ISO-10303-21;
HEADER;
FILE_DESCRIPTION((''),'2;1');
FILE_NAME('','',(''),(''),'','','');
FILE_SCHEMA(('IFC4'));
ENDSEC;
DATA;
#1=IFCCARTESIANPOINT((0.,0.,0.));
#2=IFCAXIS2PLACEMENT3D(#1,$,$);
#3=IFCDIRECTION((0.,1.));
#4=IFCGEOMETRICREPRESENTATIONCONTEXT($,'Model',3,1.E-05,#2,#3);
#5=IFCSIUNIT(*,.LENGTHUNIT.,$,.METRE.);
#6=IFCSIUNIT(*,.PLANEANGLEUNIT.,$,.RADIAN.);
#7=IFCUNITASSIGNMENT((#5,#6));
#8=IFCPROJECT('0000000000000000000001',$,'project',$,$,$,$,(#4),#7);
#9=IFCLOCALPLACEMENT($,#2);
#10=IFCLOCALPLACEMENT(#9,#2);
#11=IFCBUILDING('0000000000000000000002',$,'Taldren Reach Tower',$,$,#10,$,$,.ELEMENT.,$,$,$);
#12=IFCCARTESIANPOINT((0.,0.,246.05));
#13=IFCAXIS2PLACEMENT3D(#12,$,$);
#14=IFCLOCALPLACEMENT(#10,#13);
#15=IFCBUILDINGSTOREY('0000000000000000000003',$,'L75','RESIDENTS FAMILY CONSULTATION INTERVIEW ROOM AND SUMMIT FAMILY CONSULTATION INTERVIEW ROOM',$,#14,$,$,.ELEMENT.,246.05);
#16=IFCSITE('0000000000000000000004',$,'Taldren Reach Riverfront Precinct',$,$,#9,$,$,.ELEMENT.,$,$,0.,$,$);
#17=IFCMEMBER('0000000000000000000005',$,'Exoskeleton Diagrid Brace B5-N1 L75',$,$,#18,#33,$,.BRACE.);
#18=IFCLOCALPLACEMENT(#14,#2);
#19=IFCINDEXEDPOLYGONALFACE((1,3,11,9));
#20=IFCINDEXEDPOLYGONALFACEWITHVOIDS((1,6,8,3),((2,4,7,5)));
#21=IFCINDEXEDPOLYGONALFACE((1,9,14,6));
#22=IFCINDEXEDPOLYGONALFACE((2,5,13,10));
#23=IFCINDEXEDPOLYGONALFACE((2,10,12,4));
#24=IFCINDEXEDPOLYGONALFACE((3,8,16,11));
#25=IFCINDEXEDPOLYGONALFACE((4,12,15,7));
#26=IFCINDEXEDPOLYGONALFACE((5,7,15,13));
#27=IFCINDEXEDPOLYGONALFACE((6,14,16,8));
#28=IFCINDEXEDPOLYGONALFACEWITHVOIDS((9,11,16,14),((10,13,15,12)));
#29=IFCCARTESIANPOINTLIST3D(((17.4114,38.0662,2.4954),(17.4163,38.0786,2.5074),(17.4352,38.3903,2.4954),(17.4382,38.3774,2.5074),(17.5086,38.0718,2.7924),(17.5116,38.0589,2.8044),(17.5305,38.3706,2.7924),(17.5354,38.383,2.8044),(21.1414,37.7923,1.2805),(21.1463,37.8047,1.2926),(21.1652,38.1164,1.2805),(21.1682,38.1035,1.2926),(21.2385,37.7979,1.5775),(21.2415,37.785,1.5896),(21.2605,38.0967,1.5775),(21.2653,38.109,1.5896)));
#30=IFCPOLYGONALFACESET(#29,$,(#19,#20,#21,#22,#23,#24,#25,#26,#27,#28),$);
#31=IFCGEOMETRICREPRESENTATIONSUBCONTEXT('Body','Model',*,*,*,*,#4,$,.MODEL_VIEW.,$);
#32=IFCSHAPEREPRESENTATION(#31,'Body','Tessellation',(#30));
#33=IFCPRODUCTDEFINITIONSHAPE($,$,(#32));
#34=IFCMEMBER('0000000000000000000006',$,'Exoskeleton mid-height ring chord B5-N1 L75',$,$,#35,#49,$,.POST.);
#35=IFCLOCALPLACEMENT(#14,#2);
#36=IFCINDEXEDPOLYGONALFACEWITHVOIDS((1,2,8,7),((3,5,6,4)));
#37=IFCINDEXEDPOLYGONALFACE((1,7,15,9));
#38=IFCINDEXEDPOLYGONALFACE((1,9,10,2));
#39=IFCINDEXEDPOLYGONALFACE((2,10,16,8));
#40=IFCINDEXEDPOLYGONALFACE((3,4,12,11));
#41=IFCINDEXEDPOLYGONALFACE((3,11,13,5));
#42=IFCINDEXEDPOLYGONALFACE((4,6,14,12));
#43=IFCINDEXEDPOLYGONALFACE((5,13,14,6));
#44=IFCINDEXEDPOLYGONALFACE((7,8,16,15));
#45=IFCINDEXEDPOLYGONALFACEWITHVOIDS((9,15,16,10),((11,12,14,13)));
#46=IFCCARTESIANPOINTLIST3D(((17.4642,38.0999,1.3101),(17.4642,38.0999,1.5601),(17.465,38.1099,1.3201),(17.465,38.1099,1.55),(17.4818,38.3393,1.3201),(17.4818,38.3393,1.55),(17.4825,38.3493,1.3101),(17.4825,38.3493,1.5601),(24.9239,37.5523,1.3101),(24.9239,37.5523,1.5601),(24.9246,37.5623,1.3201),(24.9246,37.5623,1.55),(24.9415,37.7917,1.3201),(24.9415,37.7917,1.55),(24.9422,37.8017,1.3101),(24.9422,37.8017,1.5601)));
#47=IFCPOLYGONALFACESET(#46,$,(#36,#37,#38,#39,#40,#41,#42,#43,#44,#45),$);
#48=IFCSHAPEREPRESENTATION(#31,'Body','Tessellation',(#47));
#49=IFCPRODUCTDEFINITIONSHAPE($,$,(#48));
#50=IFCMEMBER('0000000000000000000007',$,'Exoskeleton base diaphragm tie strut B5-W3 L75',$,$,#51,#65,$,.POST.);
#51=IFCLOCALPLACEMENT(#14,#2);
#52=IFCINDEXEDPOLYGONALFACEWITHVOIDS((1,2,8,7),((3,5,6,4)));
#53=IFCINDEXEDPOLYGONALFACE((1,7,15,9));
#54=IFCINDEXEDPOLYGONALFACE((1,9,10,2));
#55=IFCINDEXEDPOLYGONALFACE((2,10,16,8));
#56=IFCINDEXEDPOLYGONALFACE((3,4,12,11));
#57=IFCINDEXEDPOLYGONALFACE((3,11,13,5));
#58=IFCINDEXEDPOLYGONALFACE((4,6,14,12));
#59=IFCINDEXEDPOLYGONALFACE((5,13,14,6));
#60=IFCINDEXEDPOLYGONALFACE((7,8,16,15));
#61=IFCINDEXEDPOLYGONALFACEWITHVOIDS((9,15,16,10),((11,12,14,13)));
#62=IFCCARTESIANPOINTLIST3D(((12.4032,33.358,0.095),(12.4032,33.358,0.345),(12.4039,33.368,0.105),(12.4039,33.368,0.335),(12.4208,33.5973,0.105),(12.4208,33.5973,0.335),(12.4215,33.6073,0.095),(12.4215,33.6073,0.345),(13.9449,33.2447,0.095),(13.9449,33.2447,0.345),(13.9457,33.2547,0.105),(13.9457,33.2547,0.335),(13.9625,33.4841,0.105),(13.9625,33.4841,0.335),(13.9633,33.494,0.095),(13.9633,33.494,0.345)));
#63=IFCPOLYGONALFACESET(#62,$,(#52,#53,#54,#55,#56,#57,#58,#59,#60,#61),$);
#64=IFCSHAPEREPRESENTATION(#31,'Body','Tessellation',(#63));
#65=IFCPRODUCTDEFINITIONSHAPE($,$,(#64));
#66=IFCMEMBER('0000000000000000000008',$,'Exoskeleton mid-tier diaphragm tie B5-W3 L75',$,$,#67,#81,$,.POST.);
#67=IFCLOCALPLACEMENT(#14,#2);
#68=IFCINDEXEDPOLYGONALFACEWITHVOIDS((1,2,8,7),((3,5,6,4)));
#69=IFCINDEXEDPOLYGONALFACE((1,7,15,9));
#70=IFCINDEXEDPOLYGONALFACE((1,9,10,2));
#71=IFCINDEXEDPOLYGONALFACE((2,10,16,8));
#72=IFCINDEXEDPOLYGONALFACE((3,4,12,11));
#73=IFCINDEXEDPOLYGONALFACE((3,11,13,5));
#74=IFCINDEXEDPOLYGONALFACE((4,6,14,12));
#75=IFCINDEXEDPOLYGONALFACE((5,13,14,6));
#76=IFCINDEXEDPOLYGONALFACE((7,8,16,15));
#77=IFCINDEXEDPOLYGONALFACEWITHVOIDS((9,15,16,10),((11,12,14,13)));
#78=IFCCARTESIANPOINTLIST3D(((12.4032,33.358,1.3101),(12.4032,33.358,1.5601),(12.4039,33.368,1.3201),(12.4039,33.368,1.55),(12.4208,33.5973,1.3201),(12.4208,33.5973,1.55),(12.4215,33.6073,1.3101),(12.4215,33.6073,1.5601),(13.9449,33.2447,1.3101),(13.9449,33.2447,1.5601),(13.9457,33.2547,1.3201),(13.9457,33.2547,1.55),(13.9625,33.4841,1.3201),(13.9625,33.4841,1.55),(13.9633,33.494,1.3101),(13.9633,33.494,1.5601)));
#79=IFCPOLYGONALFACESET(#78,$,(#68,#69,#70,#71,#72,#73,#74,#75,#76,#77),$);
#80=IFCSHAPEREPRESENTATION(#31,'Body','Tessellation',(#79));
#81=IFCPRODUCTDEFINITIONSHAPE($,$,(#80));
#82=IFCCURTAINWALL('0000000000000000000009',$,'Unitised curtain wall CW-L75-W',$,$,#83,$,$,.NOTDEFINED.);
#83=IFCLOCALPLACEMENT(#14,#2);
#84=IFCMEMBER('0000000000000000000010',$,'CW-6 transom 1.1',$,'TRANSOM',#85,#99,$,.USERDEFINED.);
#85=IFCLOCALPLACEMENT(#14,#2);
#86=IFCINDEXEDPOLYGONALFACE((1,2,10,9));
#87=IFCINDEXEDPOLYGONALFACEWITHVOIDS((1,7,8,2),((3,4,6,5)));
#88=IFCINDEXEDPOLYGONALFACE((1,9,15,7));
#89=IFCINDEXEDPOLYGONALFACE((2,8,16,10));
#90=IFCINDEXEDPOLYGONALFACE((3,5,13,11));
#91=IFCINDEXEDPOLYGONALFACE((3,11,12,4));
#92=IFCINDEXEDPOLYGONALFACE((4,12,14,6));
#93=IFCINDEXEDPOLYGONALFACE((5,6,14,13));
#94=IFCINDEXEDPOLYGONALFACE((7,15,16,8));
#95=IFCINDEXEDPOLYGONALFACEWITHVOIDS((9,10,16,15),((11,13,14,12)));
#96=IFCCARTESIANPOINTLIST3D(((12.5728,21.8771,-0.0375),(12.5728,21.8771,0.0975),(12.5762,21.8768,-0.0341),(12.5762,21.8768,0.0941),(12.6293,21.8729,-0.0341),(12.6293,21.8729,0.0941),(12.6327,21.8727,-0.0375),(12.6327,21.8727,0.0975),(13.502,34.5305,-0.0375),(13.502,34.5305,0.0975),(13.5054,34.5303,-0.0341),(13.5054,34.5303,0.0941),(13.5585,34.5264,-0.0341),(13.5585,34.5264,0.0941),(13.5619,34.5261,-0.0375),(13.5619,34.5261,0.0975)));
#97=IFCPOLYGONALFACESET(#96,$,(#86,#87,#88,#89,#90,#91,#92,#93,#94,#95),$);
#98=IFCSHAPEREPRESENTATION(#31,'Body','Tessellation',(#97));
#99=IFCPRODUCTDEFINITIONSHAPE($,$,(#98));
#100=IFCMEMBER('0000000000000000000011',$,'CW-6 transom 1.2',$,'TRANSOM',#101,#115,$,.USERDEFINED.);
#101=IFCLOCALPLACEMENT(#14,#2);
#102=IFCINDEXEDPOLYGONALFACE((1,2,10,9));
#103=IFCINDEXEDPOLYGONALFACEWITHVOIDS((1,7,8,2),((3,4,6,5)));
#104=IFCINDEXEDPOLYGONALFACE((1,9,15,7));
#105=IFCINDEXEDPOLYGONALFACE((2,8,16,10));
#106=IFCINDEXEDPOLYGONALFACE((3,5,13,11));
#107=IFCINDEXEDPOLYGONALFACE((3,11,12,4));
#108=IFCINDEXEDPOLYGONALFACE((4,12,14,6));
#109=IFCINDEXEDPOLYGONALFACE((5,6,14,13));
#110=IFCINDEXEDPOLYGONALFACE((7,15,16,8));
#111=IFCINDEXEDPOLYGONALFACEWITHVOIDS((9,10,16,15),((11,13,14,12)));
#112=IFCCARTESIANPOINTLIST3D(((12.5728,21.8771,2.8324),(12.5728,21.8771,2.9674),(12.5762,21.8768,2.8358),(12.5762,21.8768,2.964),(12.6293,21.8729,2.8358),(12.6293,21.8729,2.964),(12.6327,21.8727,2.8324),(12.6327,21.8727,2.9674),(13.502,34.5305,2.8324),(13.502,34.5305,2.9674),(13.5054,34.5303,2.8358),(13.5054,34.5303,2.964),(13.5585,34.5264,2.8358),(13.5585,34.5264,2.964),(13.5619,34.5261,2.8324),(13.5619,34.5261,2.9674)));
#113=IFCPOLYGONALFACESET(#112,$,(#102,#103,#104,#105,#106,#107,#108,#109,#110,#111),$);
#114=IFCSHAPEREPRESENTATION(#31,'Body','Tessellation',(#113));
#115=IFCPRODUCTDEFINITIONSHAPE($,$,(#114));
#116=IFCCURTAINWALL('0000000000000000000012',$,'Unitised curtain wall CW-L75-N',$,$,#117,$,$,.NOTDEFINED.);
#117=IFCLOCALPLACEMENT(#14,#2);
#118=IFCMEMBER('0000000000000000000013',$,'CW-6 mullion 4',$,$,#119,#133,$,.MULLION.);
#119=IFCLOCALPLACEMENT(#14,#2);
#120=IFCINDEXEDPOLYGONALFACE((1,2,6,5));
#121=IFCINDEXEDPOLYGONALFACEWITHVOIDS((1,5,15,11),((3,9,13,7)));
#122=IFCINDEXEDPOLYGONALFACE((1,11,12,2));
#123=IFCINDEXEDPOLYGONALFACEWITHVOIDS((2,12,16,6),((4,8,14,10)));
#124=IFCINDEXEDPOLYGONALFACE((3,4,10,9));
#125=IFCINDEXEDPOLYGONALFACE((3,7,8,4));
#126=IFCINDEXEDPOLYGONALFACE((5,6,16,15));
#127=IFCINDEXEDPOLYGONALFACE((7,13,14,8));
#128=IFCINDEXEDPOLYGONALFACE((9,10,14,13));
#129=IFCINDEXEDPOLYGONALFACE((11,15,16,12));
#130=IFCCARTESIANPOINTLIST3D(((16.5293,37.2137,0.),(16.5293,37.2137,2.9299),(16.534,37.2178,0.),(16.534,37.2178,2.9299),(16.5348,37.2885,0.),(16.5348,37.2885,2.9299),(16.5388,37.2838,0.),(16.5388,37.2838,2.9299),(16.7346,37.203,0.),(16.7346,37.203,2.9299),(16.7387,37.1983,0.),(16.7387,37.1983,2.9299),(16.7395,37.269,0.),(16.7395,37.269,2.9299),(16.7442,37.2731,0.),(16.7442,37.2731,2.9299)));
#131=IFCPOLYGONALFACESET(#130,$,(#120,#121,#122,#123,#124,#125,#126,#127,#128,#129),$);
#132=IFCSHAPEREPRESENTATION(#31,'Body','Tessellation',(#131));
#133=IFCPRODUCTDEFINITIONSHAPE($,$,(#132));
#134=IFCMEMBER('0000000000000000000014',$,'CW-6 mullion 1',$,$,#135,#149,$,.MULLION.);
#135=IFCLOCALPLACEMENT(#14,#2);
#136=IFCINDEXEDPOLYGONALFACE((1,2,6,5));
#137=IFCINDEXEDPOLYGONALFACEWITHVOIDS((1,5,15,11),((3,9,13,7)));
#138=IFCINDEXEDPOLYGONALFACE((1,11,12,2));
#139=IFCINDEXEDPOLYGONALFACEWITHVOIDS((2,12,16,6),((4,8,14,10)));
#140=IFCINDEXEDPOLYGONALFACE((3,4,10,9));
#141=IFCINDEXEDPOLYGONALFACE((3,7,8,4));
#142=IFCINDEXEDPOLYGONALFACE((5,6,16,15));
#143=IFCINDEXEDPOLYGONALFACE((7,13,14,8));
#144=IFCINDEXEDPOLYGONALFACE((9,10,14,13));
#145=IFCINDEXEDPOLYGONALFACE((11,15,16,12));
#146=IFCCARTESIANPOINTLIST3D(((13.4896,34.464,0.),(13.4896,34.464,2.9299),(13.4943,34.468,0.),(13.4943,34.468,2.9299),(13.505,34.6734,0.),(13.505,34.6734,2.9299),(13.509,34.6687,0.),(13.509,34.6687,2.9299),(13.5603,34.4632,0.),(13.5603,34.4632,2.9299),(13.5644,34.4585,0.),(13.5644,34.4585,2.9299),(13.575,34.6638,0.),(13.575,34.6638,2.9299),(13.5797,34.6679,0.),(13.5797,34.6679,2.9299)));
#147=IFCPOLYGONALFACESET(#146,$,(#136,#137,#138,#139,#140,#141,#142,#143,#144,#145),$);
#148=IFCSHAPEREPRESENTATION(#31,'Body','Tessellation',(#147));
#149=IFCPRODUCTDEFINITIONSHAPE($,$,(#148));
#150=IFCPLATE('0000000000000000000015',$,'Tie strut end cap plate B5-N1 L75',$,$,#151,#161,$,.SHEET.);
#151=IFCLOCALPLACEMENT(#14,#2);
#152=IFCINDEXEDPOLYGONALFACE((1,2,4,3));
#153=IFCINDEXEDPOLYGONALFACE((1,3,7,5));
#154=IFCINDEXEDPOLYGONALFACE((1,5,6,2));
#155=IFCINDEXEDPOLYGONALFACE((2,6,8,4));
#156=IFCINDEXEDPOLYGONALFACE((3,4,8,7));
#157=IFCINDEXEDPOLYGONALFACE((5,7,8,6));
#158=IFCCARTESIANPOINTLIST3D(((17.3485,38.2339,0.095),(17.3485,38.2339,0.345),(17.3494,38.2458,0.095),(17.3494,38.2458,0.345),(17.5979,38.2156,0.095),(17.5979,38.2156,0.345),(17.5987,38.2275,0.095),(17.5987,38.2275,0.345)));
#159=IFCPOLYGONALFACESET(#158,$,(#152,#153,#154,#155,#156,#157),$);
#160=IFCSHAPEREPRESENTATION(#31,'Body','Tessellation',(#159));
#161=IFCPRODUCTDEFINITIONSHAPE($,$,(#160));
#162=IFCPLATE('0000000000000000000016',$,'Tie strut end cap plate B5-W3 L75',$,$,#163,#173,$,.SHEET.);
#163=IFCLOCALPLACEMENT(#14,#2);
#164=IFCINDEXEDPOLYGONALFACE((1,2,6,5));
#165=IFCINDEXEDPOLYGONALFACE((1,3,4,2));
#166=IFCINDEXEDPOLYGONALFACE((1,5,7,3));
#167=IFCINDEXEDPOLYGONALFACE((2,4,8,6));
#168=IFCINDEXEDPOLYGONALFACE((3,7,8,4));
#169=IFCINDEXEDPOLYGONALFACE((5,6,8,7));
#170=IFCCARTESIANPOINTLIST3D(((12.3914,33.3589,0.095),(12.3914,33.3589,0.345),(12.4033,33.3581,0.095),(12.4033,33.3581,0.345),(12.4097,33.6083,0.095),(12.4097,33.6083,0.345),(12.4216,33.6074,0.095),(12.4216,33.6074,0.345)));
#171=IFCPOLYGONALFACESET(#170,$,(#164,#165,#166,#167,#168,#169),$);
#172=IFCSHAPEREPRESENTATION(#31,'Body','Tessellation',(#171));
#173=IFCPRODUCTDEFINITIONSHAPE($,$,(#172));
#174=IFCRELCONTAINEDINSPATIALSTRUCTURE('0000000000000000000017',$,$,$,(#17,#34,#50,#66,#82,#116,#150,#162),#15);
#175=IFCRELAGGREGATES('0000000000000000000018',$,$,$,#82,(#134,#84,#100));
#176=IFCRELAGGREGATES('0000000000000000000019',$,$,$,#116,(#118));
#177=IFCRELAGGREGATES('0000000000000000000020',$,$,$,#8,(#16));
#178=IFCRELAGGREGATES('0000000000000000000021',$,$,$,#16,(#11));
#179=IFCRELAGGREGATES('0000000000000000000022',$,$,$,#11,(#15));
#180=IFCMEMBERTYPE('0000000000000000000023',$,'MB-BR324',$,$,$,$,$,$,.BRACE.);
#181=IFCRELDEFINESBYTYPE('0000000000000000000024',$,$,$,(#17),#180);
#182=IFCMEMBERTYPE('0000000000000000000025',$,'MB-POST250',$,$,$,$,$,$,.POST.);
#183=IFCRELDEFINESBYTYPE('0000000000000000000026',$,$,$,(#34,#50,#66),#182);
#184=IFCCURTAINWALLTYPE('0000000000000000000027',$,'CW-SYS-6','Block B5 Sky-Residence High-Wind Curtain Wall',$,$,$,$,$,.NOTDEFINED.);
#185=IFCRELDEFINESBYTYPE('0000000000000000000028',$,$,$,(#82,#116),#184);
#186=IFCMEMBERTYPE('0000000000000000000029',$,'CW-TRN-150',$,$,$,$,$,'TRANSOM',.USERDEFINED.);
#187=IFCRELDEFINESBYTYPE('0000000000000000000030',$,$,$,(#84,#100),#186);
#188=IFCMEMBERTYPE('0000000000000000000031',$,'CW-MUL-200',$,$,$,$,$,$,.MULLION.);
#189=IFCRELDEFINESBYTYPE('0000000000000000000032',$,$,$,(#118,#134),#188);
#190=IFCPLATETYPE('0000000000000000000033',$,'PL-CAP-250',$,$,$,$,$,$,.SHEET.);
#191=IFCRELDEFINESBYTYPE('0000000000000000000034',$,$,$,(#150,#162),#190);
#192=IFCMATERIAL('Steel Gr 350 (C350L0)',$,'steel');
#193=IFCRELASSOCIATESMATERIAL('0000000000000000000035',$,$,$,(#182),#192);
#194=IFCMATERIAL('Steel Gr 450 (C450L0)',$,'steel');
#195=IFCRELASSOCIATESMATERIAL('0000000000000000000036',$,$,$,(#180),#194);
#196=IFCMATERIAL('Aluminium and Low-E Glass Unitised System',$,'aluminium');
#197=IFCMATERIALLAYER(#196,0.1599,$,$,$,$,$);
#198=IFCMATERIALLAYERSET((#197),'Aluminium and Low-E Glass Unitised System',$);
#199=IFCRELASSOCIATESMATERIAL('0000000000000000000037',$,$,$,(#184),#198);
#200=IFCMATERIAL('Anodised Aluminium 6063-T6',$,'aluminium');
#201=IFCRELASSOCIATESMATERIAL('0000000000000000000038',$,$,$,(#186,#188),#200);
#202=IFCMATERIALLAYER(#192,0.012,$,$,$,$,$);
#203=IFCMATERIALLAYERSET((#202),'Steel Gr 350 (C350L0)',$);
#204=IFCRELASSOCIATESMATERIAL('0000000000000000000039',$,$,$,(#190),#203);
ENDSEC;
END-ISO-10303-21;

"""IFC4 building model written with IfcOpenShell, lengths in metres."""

from ifc_helpers import new_model, si_unit, direction, frame, origin, origin_2d, place, context, subcontext, project, spatial, rectangle, hollow_rectangle, extrude, source, transform, mapped, material, layer, layer_set, material_profile, profile_set, type_object, element, aggregate, save


model = new_model("IFC4")

# Units and contexts
model_context = context("Model", 3, precision=1e-05, world=origin(), true_north=direction((0.0, 1.0)))
body_context = subcontext(model_context, "Body", "Model", "MODEL_VIEW")
ifc_project = project(units=[si_unit("LENGTHUNIT", "METRE"), si_unit("PLANEANGLEUNIT", "RADIAN")], contexts=[model_context])

# Site, building, storey
site_placement = place(None, origin())
site = spatial("IfcSite", under=ifc_project, at=site_placement, Name="Taldren Reach Riverfront Precinct", CompositionType="ELEMENT", RefElevation=0.0)
building_placement = place(site_placement, origin())
building = spatial("IfcBuilding", under=site, at=building_placement, Name="Taldren Reach Tower", CompositionType="ELEMENT")
storey_placement = place(building_placement, frame((0.0, 0.0, 246.05)))
storey = spatial("IfcBuildingStorey", under=building, at=storey_placement, Name="L75", Description="RESIDENTS FAMILY CONSULTATION INTERVIEW ROOM AND SUMMIT FAMILY CONSULTATION INTERVIEW ROOM", CompositionType="ELEMENT", Elevation=246.05)

# Shared definitions
ifc_material_1 = material(Name="Steel Gr 350 (C350L0)", Category="steel")

# Shared definitions
ifc_material_profile_1 = material_profile(ifc_material_1, hollow_rectangle(XDim=0.25, YDim=0.25, WallThickness=0.01, at=origin_2d()), Name="250x250x10.0SHS")
ifc_profile_set_1 = profile_set([ifc_material_profile_1], Name="Steel Gr 350 (C350L0)")
member_type_1 = type_object("IfcMemberType", Name="MB-POST250", PredefinedType="POST", material=ifc_profile_set_1)
ifc_material_2 = material(Name="Steel Gr 450 (C450L0)", Category="steel")

# Members
ifc_material_profile_2 = material_profile(ifc_material_2, hollow_rectangle(XDim=0.325, YDim=0.325, WallThickness=0.0127, at=origin_2d()), Name="325x325x12.7SHS")
ifc_profile_set_2 = profile_set([ifc_material_profile_2], Name="Steel Gr 450 (C450L0)")
member_type_2 = type_object("IfcMemberType", Name="MB-BR324", PredefinedType="BRACE", material=ifc_profile_set_2)
shared_shape_1 = source(origin(), body_context, "Body", "SweptSolid", [
    extrude(hollow_rectangle(XDim=0.325, YDim=0.325, WallThickness=0.0127, at=origin_2d()), origin(), (0.0, 0.0, 1.0), 3.9324),
])
member_1_placement = place(storey_placement, frame((21.2034, 37.9507, 1.4351), z_axis=(-0.948529, 0.069659, 0.308933), x_axis=(-0.073242, -0.997314, 0.0)))
element("IfcMember", 1, at=member_1_placement, inside=storey, type_object=member_type_2, Name="Exoskeleton Diagrid Brace B5-N1 L75", PredefinedType="BRACE", context=body_context, shape_type="MappedRepresentation", body=[
    mapped(shared_shape_1, transform((0.0, 0.0, 0.0), scale=1.0)),
])
shared_shape_2 = source(origin(), body_context, "Body", "SweptSolid", [
    extrude(hollow_rectangle(XDim=0.25, YDim=0.25, WallThickness=0.01, at=origin_2d()), origin(), (0.0, 0.0, 1.0), 7.4797),
])
member_2_placement = place(storey_placement, frame((17.4734, 38.2246, 1.4351), z_axis=(0.997316, -0.073212, 0.0), x_axis=(0.073212, 0.997316, 0.0)))
element("IfcMember", 2, at=member_2_placement, inside=storey, type_object=member_type_1, Name="Exoskeleton mid-height ring chord B5-N1 L75", PredefinedType="POST", context=body_context, shape_type="MappedRepresentation", body=[
    mapped(shared_shape_2, transform((0.0, 0.0, 0.0), scale=1.0)),
])
shared_shape_3 = source(origin(), body_context, "Body", "SweptSolid", [
    extrude(hollow_rectangle(XDim=0.25, YDim=0.25, WallThickness=0.01, at=origin_2d()), origin(), (0.0, 0.0, 1.0), 1.5459),
])
for number, where, z_axis, x_axis, name in (
    (3, (13.9541, 33.3694, 0.22), (-0.997312, 0.073278, 0.0), (-0.073278, -0.997312, 0.0), "Exoskeleton base diaphragm tie strut B5-W3 L75"),
    (4, (13.9541, 33.3694, 1.4351), (-0.997312, 0.073278, 0.0), (-0.073278, -0.997312, 0.0), "Exoskeleton mid-tier diaphragm tie B5-W3 L75"),
):
    element("IfcMember", number, at=place(storey_placement, frame(where, z_axis=z_axis, x_axis=x_axis)), inside=storey, type_object=member_type_1, Name=name, PredefinedType="POST", context=body_context, shape_type="MappedRepresentation", body=[
        mapped(shared_shape_3, transform((0.0, 0.0, 0.0), scale=1.0)),
    ])

# Curtain wall, members
ifc_material_3 = material(Name="Aluminium and Low-E Glass Unitised System", Category="aluminium")
ifc_layer_1 = layer(ifc_material_3, 0.1599)
ifc_layer_set_1 = layer_set([ifc_layer_1], Name="Aluminium and Low-E Glass Unitised System")
curtain_wall_type = type_object("IfcCurtainWallType", Name="CW-SYS-6", Description="Block B5 Sky-Residence High-Wind Curtain Wall", PredefinedType="NOTDEFINED", material=ifc_layer_set_1)
curtain_wall_1_placement = place(storey_placement, origin())
curtain_wall_1 = element("IfcCurtainWall", 5, at=curtain_wall_1_placement, inside=storey, type_object=curtain_wall_type, Name="Unitised curtain wall CW-L75-W", PredefinedType="NOTDEFINED")
ifc_material_4 = material(Name="Anodised Aluminium 6063-T6", Category="aluminium")
ifc_material_profile_3 = material_profile(ifc_material_4, hollow_rectangle(XDim=0.0601, YDim=0.135, WallThickness=0.0034, at=origin_2d()), Name="ALU-135x60x3.5RHS")
ifc_profile_set_3 = profile_set([ifc_material_profile_3], Name="Anodised Aluminium 6063-T6")
member_type_3 = type_object("IfcMemberType", Name="CW-TRN-150", ElementType="TRANSOM", PredefinedType="USERDEFINED", material=ifc_profile_set_3)
shared_shape_4 = source(origin(), body_context, "Body", "SweptSolid", [
    extrude(hollow_rectangle(XDim=0.0601, YDim=0.135, WallThickness=0.0034, at=origin_2d()), origin(), (0.0, 0.0, 1.0), 12.6875),
])
member_3_placement = place(storey_placement, frame((13.532, 34.5283, 0.03), z_axis=(-0.073238, -0.997314, 0.0), x_axis=(0.997314, -0.073238, 0.0)))
member_3 = element("IfcMember", 6, at=member_3_placement, type_object=member_type_3, Name="CW-6 transom 1.1", ObjectType="TRANSOM", PredefinedType="USERDEFINED", context=body_context, shape_type="MappedRepresentation", body=[
    mapped(shared_shape_4, transform((0.0, 0.0, 0.0), scale=1.0)),
])
member_4_placement = place(storey_placement, frame((13.532, 34.5283, 2.8999), z_axis=(-0.073238, -0.997314, 0.0), x_axis=(0.997314, -0.073238, 0.0)))
member_4 = element("IfcMember", 7, at=member_4_placement, type_object=member_type_3, Name="CW-6 transom 1.2", ObjectType="TRANSOM", PredefinedType="USERDEFINED", context=body_context, shape_type="MappedRepresentation", body=[
    mapped(shared_shape_4, transform((0.0, 0.0, 0.0), scale=1.0)),
])

# Curtain wall, member
curtain_wall_2_placement = place(storey_placement, origin())
curtain_wall_2 = element("IfcCurtainWall", 8, at=curtain_wall_2_placement, inside=storey, type_object=curtain_wall_type, Name="Unitised curtain wall CW-L75-N", PredefinedType="NOTDEFINED")
ifc_material_profile_4 = material_profile(ifc_material_4, hollow_rectangle(XDim=0.075, YDim=0.21, WallThickness=0.0044, at=origin_2d()), Name="ALU-210x75x4.5RHS")
ifc_profile_set_4 = profile_set([ifc_material_profile_4], Name="Anodised Aluminium 6063-T6")
member_type_4 = type_object("IfcMemberType", Name="CW-MUL-200", PredefinedType="MULLION", material=ifc_profile_set_4)
shared_shape_5 = source(origin(), body_context, "Body", "SweptSolid", [
    extrude(hollow_rectangle(XDim=0.075, YDim=0.21, WallThickness=0.0044, at=origin_2d()), origin(), (0.0, 0.0, 1.0), 2.9299),
])
member_5_placement = place(storey_placement, frame((16.6367, 37.2434, 0.0), z_axis=(0.0, 0.0, 1.0), x_axis=(-0.073238, -0.997314, 0.0)))
member_5 = element("IfcMember", 9, at=member_5_placement, type_object=member_type_4, Name="CW-6 mullion 4", PredefinedType="MULLION", context=body_context, shape_type="MappedRepresentation", body=[
    mapped(shared_shape_5, transform((0.0, 0.0, 0.0), scale=1.0)),
])

# Member
member_6_placement = place(storey_placement, frame((13.5347, 34.5659, 0.0), z_axis=(0.0, 0.0, 1.0), x_axis=(0.997314, -0.073238, 0.0)))
member_6 = element("IfcMember", 10, at=member_6_placement, type_object=member_type_4, Name="CW-6 mullion 1", PredefinedType="MULLION", context=body_context, shape_type="MappedRepresentation", body=[
    mapped(shared_shape_5, transform((0.0, 0.0, 0.0), scale=1.0)),
])
aggregate(curtain_wall_1, [member_6, member_3, member_4])

# Plates
ifc_layer_2 = layer(ifc_material_1, 0.012)
ifc_layer_set_2 = layer_set([ifc_layer_2], Name="Steel Gr 350 (C350L0)")
plate_type_1 = type_object("IfcPlateType", Name="PL-CAP-250", PredefinedType="SHEET", material=ifc_layer_set_2)
shared_shape_6 = source(origin(), body_context, "Body", "SweptSolid", [
    extrude(rectangle(XDim=0.25, YDim=0.012, at=origin_2d()), origin(), (0.0, 0.0, 1.0), 0.25),
])
plate_1_placement = place(storey_placement, frame((17.4736, 38.2307, 0.095), z_axis=(0.0, 0.0, 1.0), x_axis=(0.997314, -0.073238, 0.0)))
element("IfcPlate", 11, at=plate_1_placement, inside=storey, type_object=plate_type_1, Name="Tie strut end cap plate B5-N1 L75", PredefinedType="SHEET", context=body_context, shape_type="MappedRepresentation", body=[
    mapped(shared_shape_6, transform((0.0, 0.0, 0.0), scale=1.0)),
])
shared_shape_7 = source(origin(), body_context, "Body", "SweptSolid", [
    extrude(rectangle(XDim=0.012, YDim=0.25, at=origin_2d()), origin(), (0.0, 0.0, 1.0), 0.25),
])
plate_2_placement = place(storey_placement, frame((12.4065, 33.4832, 0.095), z_axis=(0.0, 0.0, 1.0), x_axis=(0.997314, -0.073238, 0.0)))
element("IfcPlate", 12, at=plate_2_placement, inside=storey, type_object=plate_type_1, Name="Tie strut end cap plate B5-W3 L75", PredefinedType="SHEET", context=body_context, shape_type="MappedRepresentation", body=[
    mapped(shared_shape_7, transform((0.0, 0.0, 0.0), scale=1.0)),
])

aggregate(curtain_wall_2, [member_5])

save(model, "model.ifc")
